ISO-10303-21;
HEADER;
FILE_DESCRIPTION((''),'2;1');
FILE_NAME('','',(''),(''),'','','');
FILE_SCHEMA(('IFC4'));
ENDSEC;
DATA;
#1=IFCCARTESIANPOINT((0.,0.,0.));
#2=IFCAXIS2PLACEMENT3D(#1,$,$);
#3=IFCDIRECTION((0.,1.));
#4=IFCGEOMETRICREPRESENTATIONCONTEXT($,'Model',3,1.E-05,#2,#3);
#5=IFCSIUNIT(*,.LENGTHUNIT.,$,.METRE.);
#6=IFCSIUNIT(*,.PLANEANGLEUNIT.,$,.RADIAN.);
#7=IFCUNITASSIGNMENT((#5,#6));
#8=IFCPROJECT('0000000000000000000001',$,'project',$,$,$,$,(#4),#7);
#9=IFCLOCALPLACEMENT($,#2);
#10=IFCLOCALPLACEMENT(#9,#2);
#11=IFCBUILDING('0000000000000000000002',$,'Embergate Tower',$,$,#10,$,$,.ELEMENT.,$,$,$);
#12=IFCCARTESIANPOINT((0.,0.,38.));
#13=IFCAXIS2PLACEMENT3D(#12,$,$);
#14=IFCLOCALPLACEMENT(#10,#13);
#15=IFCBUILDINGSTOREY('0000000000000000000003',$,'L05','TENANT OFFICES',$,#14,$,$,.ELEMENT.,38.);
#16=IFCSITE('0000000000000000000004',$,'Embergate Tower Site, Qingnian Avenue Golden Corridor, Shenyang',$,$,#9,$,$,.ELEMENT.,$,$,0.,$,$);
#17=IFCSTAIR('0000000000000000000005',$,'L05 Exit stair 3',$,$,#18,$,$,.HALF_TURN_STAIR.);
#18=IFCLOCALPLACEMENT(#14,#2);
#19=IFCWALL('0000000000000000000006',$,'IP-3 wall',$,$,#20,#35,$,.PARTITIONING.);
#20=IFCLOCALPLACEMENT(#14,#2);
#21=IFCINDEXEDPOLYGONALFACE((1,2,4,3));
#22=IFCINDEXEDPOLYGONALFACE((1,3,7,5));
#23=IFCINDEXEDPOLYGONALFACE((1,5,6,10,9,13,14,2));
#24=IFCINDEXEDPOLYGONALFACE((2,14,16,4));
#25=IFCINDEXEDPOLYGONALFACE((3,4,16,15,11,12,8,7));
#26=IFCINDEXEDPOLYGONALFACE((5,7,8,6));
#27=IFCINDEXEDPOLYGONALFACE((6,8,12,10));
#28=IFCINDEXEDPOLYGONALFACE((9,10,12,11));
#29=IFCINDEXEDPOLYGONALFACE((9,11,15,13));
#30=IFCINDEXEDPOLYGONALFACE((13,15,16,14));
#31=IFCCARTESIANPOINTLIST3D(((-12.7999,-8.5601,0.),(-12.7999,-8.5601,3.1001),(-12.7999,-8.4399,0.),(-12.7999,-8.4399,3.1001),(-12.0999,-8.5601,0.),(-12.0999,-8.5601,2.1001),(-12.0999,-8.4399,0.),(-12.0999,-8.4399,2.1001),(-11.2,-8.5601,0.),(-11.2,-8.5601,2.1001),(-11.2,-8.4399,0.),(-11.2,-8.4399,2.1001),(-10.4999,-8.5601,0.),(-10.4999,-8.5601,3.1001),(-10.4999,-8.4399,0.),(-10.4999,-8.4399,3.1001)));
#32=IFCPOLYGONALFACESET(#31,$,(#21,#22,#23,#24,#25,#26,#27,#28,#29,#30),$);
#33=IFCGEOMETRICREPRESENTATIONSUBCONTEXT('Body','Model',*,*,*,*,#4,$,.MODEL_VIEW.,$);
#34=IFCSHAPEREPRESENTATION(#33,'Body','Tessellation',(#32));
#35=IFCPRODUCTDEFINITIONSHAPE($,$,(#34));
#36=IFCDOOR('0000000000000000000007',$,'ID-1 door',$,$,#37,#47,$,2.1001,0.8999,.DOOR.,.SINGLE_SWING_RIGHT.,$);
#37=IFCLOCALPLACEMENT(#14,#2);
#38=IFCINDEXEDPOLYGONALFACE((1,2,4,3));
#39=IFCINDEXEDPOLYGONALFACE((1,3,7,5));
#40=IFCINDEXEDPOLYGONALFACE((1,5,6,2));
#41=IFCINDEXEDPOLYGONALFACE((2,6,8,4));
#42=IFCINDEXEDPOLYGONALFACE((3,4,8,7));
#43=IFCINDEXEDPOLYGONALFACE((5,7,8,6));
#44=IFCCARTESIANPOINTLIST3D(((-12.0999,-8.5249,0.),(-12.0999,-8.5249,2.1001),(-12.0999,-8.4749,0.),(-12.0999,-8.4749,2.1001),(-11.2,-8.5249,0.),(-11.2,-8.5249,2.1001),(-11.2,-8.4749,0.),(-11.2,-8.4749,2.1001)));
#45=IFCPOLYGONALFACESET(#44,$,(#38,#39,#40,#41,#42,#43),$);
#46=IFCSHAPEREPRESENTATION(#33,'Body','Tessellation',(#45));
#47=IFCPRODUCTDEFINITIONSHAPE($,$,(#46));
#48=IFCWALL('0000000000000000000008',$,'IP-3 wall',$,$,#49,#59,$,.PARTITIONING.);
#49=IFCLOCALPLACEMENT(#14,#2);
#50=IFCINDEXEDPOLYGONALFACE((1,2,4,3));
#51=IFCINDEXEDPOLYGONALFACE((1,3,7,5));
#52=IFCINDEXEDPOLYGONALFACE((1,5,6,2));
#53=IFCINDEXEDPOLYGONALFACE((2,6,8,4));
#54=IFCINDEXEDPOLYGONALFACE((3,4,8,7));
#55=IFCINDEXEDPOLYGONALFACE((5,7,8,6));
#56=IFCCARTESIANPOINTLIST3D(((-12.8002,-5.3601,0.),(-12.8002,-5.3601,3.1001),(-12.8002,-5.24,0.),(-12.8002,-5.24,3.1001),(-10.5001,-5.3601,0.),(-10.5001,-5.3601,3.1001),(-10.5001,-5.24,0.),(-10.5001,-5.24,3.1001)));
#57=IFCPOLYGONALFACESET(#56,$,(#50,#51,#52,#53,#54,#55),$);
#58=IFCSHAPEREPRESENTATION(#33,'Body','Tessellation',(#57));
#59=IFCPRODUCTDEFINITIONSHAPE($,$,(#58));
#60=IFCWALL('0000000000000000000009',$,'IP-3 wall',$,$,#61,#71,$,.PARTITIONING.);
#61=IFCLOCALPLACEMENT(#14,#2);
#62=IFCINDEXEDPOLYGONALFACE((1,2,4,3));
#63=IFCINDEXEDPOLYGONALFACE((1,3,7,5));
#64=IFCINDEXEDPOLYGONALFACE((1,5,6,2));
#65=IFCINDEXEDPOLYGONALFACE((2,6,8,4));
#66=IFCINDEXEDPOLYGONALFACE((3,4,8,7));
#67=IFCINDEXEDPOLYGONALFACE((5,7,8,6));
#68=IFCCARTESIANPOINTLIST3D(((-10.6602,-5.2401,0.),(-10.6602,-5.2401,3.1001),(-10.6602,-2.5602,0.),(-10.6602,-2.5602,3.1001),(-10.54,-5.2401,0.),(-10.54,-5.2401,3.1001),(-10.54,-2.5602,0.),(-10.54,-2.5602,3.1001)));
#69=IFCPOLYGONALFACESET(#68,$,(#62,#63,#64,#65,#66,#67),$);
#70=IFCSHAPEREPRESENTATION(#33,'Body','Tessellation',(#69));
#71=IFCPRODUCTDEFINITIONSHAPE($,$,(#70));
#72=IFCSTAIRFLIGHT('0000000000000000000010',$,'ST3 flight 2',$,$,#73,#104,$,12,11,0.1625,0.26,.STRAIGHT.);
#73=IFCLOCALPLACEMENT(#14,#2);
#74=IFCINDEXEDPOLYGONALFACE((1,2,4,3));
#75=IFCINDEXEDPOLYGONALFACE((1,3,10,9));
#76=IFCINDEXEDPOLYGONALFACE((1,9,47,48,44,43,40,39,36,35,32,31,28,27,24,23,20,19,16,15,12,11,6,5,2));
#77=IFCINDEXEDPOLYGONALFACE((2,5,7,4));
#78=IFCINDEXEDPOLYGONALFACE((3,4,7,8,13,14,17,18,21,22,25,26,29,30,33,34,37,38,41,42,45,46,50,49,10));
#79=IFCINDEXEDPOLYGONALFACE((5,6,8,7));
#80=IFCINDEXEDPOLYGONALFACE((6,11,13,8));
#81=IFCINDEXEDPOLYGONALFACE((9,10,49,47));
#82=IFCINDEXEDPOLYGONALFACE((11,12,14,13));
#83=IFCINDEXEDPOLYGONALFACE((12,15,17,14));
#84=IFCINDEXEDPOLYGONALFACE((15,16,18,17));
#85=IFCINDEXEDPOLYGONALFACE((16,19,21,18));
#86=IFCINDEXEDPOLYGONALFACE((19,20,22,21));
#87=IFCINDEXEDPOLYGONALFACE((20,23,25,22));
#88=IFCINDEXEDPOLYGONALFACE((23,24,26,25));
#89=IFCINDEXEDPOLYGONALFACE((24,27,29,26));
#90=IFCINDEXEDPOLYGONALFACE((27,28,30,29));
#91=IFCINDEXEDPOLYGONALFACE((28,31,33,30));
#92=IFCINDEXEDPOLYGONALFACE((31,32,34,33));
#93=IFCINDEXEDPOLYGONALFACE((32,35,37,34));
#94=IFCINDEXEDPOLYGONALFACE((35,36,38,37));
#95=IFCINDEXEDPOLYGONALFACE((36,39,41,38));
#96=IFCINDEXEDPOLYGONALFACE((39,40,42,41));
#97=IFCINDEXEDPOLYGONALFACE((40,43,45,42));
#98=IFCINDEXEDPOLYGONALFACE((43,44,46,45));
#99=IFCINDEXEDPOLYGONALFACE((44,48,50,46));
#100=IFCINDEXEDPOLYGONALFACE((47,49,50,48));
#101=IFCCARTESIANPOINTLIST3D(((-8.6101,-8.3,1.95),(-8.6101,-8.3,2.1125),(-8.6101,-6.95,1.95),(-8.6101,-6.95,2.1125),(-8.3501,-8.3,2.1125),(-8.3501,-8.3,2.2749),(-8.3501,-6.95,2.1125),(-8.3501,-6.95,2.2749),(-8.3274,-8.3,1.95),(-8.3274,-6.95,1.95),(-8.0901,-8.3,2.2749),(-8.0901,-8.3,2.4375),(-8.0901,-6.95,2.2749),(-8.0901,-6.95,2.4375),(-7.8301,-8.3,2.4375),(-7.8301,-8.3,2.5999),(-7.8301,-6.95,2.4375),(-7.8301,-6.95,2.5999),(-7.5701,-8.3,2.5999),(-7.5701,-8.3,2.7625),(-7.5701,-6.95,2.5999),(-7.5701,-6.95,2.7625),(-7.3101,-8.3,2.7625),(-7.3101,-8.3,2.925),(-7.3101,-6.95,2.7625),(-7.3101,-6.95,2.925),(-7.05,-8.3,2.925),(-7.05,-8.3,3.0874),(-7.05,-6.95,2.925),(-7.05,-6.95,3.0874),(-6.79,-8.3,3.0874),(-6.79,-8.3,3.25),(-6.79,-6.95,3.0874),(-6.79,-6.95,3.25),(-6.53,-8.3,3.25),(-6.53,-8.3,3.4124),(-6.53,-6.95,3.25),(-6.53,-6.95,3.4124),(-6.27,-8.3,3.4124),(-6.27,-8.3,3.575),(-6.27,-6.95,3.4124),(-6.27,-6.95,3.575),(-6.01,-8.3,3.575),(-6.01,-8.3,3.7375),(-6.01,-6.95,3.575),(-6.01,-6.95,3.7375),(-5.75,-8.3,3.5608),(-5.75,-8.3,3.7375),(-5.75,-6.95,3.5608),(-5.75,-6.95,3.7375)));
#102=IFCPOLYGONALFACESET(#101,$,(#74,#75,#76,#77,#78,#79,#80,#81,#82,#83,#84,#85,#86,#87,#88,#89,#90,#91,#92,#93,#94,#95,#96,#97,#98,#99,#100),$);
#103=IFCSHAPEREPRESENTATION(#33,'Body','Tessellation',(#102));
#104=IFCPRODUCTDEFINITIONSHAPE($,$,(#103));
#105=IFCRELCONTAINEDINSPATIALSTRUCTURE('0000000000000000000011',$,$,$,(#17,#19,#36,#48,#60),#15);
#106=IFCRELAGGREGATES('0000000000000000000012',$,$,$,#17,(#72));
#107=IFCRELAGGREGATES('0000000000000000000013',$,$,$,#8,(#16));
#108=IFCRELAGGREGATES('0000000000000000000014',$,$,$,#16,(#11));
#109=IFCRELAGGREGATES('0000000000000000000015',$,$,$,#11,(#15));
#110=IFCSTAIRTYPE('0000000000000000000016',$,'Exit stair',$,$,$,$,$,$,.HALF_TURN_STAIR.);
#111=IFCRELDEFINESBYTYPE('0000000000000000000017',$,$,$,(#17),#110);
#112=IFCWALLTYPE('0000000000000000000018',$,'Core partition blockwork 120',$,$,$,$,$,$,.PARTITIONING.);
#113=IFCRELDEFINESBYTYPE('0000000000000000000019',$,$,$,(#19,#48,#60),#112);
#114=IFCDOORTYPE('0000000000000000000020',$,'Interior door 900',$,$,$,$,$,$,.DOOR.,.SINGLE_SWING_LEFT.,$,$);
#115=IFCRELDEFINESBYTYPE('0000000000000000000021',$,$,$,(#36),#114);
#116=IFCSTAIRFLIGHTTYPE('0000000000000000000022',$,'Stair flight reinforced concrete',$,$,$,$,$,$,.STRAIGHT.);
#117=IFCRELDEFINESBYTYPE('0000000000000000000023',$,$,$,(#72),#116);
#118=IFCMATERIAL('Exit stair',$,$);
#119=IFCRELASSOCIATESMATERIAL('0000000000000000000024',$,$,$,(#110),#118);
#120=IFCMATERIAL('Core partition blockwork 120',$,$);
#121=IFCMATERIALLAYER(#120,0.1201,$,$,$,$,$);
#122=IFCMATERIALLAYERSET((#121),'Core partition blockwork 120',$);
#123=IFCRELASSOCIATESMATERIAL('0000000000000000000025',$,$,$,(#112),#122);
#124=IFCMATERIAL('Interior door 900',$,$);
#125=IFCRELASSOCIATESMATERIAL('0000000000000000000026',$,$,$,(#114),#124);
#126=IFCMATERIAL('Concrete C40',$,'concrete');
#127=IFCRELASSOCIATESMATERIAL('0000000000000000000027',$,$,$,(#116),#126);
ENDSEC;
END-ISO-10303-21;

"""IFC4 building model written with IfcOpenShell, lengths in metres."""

from ifc_helpers import new_model, si_unit, direction, frame, frame_2d, origin, place, context, subcontext, project, spatial, polyline, rectangle, outline, extrude, source, transform, mapped, material, layer, layer_set, type_object, element, fill, aggregate, save


model = new_model("IFC4")

# Units and contexts
model_context = context("Model", 3, precision=1e-05, world=origin(), true_north=direction((0.0, 1.0)))
body_context = subcontext(model_context, "Body", "Model", "MODEL_VIEW")
ifc_project = project(units=[si_unit("LENGTHUNIT", "METRE"), si_unit("PLANEANGLEUNIT", "RADIAN")], contexts=[model_context])

# Site, building, storey
site_placement = place(None, origin())
site = spatial("IfcSite", under=ifc_project, at=site_placement, Name="Embergate Tower Site, Qingnian Avenue Golden Corridor, Shenyang", CompositionType="ELEMENT", RefElevation=0.0)
building_placement = place(site_placement, origin())
building = spatial("IfcBuilding", under=site, at=building_placement, Name="Embergate Tower", CompositionType="ELEMENT")
storey_placement = place(building_placement, frame((0.0, 0.0, 38.0)))
storey = spatial("IfcBuildingStorey", under=building, at=storey_placement, Name="L05", Description="TENANT OFFICES", CompositionType="ELEMENT", Elevation=38.0)

# Stair
ifc_material_1 = material(Name="Exit stair")
stair_type = type_object("IfcStairType", Name="Exit stair", PredefinedType="HALF_TURN_STAIR", material=ifc_material_1)
stair_placement = place(storey_placement, origin())
stair = element("IfcStair", 1, at=stair_placement, inside=storey, type_object=stair_type, Name="L05 Exit stair 3", PredefinedType="HALF_TURN_STAIR")
ifc_material_2 = material(Name="Concrete C40", Category="concrete")

# Shared definitions
shared_shape_1 = source(origin(), body_context, "Body", "SweptSolid", [
    extrude(rectangle(XDim=0.8999, YDim=2.1001, at=frame_2d((0.45, 1.05))), frame((0.0, 0.0249, 0.0), z_axis=(0.0, -1.0, 0.0), x_axis=(1.0, 0.0, 0.0)), (0.0, 0.0, 1.0), 0.05),
])

# Shared definitions
ifc_material_3 = material(Name="Core partition blockwork 120")
ifc_layer_1 = layer(ifc_material_3, 0.1201)
ifc_layer_set_1 = layer_set([ifc_layer_1], Name="Core partition blockwork 120")
wall_type_1 = type_object("IfcWallType", Name="Core partition blockwork 120", PredefinedType="PARTITIONING", material=ifc_layer_set_1)
shared_shape_2 = source(origin(), body_context, "Body", "SweptSolid", [
    extrude(rectangle(XDim=0.8999, YDim=2.1001, at=frame_2d((0.45, 1.05))), frame((0.0, 0.0701, 0.0), z_axis=(0.0, -1.0, 0.0), x_axis=(1.0, 0.0, 0.0)), (0.0, 0.0, 1.0), 0.1401),
])
ifc_material_4 = material(Name="Interior door 900")
door_type_1 = type_object("IfcDoorType", Name="Interior door 900", OperationType="SINGLE_SWING_LEFT", PredefinedType="DOOR", material=ifc_material_4)

# Wall, opening, door
shared_shape_3 = source(origin(), body_context, "Body", "SweptSolid", [
    extrude(rectangle(XDim=2.3, YDim=0.1201, at=frame_2d((1.1499, 0.0))), origin(), (0.0, 0.0, 1.0), 3.1001),
])
wall_1_placement = place(storey_placement, frame((-10.5, -8.5, 0.0), z_axis=(0.0, 0.0, 1.0), x_axis=(-1.0, 0.0, 0.0)))
wall_1 = element("IfcWall", 2, at=wall_1_placement, inside=storey, type_object=wall_type_1, Name="IP-3 wall", PredefinedType="PARTITIONING", context=body_context, shape_type="MappedRepresentation", body=[
    mapped(shared_shape_3, transform((0.0, 0.0, 0.0))),
])
opening_1_placement = place(wall_1_placement, frame((0.7, 0.0, 0.0)))
opening_1 = element("IfcOpeningElement", 3, at=opening_1_placement, cuts=wall_1, PredefinedType="OPENING", context=body_context, shape_type="MappedRepresentation", body=[
    mapped(shared_shape_2, transform((0.0, 0.0, 0.0))),
])
door_1_placement = place(opening_1_placement, origin())
door_1 = element("IfcDoor", 4, at=door_1_placement, inside=storey, type_object=door_type_1, Name="ID-1 door", OperationType="SINGLE_SWING_RIGHT", OverallHeight=2.1001, OverallWidth=0.8999, PredefinedType="DOOR", context=body_context, shape_type="MappedRepresentation", body=[
    mapped(shared_shape_1, transform((0.0, 0.0, 0.0))),
])
fill(opening_1, door_1)

# Walls
wall_2_placement = place(storey_placement, frame((-12.8, -5.3, 0.0), z_axis=(0.0, 0.0, 1.0), x_axis=(1.0, 0.0, 0.0)))
element("IfcWall", 5, at=wall_2_placement, inside=storey, type_object=wall_type_1, Name="IP-3 wall", PredefinedType="PARTITIONING", context=body_context, shape_type="MappedRepresentation", body=[
    mapped(shared_shape_3, transform((0.0, 0.0, 0.0))),
])
shared_shape_4 = source(origin(), body_context, "Body", "SweptSolid", [
    extrude(rectangle(XDim=2.6799, YDim=0.1201, at=frame_2d((1.3398, 0.0))), origin(), (0.0, 0.0, 1.0), 3.1001),
])
wall_3_placement = place(storey_placement, frame((-10.6001, -5.24, 0.0), z_axis=(0.0, 0.0, 1.0), x_axis=(0.0, 1.0, 0.0)))
element("IfcWall", 6, at=wall_3_placement, inside=storey, type_object=wall_type_1, Name="IP-3 wall", PredefinedType="PARTITIONING", context=body_context, shape_type="MappedRepresentation", body=[
    mapped(shared_shape_4, transform((0.0, 0.0, 0.0))),
])

# Stair flight
stair_flight_type = type_object("IfcStairFlightType", Name="Stair flight reinforced concrete", PredefinedType="STRAIGHT", material=ifc_material_2)
shared_shape_5 = source(origin(), body_context, "Body", "SweptSolid", [
    extrude(outline(polyline([(0.0, 0.0), (0.0, 0.1626), (0.26, 0.1626), (0.26, 0.325), (0.52, 0.325), (0.52, 0.4875), (0.78, 0.4875), (0.78, 0.6499), (1.04, 0.6499), (1.04, 0.8125), (1.3, 0.8125), (1.3, 0.9751), (1.5601, 0.9751), (1.5601, 1.1375), (1.8201, 1.1375), (1.8201, 1.3), (2.0801, 1.3), (2.0801, 1.4624), (2.3401, 1.4624), (2.3401, 1.625), (2.6001, 1.625), (2.6001, 1.7876), (2.8601, 1.7876), (2.8601, 1.95), (2.8601, 1.6108), (0.2827, 0.0), (0.0, 0.0)])), frame((0.0, 0.675, 0.0), z_axis=(0.0, -1.0, 0.0), x_axis=(1.0, 0.0, 0.0)), (0.0, 0.0, 1.0), 1.3501),
])
stair_flight_placement = place(storey_placement, frame((-8.6101, -7.625, 1.95), z_axis=(0.0, 0.0, 1.0), x_axis=(1.0, 0.0, 0.0)))
stair_flight = element("IfcStairFlight", 7, at=stair_flight_placement, type_object=stair_flight_type, Name="ST3 flight 2", NumberOfRisers=12, NumberOfTreads=11, PredefinedType="STRAIGHT", RiserHeight=0.1625, TreadLength=0.26, context=body_context, shape_type="MappedRepresentation", body=[
    mapped(shared_shape_5, transform((0.0, 0.0, 0.0))),
])
aggregate(stair, [stair_flight])

save(model, "model.ifc")
